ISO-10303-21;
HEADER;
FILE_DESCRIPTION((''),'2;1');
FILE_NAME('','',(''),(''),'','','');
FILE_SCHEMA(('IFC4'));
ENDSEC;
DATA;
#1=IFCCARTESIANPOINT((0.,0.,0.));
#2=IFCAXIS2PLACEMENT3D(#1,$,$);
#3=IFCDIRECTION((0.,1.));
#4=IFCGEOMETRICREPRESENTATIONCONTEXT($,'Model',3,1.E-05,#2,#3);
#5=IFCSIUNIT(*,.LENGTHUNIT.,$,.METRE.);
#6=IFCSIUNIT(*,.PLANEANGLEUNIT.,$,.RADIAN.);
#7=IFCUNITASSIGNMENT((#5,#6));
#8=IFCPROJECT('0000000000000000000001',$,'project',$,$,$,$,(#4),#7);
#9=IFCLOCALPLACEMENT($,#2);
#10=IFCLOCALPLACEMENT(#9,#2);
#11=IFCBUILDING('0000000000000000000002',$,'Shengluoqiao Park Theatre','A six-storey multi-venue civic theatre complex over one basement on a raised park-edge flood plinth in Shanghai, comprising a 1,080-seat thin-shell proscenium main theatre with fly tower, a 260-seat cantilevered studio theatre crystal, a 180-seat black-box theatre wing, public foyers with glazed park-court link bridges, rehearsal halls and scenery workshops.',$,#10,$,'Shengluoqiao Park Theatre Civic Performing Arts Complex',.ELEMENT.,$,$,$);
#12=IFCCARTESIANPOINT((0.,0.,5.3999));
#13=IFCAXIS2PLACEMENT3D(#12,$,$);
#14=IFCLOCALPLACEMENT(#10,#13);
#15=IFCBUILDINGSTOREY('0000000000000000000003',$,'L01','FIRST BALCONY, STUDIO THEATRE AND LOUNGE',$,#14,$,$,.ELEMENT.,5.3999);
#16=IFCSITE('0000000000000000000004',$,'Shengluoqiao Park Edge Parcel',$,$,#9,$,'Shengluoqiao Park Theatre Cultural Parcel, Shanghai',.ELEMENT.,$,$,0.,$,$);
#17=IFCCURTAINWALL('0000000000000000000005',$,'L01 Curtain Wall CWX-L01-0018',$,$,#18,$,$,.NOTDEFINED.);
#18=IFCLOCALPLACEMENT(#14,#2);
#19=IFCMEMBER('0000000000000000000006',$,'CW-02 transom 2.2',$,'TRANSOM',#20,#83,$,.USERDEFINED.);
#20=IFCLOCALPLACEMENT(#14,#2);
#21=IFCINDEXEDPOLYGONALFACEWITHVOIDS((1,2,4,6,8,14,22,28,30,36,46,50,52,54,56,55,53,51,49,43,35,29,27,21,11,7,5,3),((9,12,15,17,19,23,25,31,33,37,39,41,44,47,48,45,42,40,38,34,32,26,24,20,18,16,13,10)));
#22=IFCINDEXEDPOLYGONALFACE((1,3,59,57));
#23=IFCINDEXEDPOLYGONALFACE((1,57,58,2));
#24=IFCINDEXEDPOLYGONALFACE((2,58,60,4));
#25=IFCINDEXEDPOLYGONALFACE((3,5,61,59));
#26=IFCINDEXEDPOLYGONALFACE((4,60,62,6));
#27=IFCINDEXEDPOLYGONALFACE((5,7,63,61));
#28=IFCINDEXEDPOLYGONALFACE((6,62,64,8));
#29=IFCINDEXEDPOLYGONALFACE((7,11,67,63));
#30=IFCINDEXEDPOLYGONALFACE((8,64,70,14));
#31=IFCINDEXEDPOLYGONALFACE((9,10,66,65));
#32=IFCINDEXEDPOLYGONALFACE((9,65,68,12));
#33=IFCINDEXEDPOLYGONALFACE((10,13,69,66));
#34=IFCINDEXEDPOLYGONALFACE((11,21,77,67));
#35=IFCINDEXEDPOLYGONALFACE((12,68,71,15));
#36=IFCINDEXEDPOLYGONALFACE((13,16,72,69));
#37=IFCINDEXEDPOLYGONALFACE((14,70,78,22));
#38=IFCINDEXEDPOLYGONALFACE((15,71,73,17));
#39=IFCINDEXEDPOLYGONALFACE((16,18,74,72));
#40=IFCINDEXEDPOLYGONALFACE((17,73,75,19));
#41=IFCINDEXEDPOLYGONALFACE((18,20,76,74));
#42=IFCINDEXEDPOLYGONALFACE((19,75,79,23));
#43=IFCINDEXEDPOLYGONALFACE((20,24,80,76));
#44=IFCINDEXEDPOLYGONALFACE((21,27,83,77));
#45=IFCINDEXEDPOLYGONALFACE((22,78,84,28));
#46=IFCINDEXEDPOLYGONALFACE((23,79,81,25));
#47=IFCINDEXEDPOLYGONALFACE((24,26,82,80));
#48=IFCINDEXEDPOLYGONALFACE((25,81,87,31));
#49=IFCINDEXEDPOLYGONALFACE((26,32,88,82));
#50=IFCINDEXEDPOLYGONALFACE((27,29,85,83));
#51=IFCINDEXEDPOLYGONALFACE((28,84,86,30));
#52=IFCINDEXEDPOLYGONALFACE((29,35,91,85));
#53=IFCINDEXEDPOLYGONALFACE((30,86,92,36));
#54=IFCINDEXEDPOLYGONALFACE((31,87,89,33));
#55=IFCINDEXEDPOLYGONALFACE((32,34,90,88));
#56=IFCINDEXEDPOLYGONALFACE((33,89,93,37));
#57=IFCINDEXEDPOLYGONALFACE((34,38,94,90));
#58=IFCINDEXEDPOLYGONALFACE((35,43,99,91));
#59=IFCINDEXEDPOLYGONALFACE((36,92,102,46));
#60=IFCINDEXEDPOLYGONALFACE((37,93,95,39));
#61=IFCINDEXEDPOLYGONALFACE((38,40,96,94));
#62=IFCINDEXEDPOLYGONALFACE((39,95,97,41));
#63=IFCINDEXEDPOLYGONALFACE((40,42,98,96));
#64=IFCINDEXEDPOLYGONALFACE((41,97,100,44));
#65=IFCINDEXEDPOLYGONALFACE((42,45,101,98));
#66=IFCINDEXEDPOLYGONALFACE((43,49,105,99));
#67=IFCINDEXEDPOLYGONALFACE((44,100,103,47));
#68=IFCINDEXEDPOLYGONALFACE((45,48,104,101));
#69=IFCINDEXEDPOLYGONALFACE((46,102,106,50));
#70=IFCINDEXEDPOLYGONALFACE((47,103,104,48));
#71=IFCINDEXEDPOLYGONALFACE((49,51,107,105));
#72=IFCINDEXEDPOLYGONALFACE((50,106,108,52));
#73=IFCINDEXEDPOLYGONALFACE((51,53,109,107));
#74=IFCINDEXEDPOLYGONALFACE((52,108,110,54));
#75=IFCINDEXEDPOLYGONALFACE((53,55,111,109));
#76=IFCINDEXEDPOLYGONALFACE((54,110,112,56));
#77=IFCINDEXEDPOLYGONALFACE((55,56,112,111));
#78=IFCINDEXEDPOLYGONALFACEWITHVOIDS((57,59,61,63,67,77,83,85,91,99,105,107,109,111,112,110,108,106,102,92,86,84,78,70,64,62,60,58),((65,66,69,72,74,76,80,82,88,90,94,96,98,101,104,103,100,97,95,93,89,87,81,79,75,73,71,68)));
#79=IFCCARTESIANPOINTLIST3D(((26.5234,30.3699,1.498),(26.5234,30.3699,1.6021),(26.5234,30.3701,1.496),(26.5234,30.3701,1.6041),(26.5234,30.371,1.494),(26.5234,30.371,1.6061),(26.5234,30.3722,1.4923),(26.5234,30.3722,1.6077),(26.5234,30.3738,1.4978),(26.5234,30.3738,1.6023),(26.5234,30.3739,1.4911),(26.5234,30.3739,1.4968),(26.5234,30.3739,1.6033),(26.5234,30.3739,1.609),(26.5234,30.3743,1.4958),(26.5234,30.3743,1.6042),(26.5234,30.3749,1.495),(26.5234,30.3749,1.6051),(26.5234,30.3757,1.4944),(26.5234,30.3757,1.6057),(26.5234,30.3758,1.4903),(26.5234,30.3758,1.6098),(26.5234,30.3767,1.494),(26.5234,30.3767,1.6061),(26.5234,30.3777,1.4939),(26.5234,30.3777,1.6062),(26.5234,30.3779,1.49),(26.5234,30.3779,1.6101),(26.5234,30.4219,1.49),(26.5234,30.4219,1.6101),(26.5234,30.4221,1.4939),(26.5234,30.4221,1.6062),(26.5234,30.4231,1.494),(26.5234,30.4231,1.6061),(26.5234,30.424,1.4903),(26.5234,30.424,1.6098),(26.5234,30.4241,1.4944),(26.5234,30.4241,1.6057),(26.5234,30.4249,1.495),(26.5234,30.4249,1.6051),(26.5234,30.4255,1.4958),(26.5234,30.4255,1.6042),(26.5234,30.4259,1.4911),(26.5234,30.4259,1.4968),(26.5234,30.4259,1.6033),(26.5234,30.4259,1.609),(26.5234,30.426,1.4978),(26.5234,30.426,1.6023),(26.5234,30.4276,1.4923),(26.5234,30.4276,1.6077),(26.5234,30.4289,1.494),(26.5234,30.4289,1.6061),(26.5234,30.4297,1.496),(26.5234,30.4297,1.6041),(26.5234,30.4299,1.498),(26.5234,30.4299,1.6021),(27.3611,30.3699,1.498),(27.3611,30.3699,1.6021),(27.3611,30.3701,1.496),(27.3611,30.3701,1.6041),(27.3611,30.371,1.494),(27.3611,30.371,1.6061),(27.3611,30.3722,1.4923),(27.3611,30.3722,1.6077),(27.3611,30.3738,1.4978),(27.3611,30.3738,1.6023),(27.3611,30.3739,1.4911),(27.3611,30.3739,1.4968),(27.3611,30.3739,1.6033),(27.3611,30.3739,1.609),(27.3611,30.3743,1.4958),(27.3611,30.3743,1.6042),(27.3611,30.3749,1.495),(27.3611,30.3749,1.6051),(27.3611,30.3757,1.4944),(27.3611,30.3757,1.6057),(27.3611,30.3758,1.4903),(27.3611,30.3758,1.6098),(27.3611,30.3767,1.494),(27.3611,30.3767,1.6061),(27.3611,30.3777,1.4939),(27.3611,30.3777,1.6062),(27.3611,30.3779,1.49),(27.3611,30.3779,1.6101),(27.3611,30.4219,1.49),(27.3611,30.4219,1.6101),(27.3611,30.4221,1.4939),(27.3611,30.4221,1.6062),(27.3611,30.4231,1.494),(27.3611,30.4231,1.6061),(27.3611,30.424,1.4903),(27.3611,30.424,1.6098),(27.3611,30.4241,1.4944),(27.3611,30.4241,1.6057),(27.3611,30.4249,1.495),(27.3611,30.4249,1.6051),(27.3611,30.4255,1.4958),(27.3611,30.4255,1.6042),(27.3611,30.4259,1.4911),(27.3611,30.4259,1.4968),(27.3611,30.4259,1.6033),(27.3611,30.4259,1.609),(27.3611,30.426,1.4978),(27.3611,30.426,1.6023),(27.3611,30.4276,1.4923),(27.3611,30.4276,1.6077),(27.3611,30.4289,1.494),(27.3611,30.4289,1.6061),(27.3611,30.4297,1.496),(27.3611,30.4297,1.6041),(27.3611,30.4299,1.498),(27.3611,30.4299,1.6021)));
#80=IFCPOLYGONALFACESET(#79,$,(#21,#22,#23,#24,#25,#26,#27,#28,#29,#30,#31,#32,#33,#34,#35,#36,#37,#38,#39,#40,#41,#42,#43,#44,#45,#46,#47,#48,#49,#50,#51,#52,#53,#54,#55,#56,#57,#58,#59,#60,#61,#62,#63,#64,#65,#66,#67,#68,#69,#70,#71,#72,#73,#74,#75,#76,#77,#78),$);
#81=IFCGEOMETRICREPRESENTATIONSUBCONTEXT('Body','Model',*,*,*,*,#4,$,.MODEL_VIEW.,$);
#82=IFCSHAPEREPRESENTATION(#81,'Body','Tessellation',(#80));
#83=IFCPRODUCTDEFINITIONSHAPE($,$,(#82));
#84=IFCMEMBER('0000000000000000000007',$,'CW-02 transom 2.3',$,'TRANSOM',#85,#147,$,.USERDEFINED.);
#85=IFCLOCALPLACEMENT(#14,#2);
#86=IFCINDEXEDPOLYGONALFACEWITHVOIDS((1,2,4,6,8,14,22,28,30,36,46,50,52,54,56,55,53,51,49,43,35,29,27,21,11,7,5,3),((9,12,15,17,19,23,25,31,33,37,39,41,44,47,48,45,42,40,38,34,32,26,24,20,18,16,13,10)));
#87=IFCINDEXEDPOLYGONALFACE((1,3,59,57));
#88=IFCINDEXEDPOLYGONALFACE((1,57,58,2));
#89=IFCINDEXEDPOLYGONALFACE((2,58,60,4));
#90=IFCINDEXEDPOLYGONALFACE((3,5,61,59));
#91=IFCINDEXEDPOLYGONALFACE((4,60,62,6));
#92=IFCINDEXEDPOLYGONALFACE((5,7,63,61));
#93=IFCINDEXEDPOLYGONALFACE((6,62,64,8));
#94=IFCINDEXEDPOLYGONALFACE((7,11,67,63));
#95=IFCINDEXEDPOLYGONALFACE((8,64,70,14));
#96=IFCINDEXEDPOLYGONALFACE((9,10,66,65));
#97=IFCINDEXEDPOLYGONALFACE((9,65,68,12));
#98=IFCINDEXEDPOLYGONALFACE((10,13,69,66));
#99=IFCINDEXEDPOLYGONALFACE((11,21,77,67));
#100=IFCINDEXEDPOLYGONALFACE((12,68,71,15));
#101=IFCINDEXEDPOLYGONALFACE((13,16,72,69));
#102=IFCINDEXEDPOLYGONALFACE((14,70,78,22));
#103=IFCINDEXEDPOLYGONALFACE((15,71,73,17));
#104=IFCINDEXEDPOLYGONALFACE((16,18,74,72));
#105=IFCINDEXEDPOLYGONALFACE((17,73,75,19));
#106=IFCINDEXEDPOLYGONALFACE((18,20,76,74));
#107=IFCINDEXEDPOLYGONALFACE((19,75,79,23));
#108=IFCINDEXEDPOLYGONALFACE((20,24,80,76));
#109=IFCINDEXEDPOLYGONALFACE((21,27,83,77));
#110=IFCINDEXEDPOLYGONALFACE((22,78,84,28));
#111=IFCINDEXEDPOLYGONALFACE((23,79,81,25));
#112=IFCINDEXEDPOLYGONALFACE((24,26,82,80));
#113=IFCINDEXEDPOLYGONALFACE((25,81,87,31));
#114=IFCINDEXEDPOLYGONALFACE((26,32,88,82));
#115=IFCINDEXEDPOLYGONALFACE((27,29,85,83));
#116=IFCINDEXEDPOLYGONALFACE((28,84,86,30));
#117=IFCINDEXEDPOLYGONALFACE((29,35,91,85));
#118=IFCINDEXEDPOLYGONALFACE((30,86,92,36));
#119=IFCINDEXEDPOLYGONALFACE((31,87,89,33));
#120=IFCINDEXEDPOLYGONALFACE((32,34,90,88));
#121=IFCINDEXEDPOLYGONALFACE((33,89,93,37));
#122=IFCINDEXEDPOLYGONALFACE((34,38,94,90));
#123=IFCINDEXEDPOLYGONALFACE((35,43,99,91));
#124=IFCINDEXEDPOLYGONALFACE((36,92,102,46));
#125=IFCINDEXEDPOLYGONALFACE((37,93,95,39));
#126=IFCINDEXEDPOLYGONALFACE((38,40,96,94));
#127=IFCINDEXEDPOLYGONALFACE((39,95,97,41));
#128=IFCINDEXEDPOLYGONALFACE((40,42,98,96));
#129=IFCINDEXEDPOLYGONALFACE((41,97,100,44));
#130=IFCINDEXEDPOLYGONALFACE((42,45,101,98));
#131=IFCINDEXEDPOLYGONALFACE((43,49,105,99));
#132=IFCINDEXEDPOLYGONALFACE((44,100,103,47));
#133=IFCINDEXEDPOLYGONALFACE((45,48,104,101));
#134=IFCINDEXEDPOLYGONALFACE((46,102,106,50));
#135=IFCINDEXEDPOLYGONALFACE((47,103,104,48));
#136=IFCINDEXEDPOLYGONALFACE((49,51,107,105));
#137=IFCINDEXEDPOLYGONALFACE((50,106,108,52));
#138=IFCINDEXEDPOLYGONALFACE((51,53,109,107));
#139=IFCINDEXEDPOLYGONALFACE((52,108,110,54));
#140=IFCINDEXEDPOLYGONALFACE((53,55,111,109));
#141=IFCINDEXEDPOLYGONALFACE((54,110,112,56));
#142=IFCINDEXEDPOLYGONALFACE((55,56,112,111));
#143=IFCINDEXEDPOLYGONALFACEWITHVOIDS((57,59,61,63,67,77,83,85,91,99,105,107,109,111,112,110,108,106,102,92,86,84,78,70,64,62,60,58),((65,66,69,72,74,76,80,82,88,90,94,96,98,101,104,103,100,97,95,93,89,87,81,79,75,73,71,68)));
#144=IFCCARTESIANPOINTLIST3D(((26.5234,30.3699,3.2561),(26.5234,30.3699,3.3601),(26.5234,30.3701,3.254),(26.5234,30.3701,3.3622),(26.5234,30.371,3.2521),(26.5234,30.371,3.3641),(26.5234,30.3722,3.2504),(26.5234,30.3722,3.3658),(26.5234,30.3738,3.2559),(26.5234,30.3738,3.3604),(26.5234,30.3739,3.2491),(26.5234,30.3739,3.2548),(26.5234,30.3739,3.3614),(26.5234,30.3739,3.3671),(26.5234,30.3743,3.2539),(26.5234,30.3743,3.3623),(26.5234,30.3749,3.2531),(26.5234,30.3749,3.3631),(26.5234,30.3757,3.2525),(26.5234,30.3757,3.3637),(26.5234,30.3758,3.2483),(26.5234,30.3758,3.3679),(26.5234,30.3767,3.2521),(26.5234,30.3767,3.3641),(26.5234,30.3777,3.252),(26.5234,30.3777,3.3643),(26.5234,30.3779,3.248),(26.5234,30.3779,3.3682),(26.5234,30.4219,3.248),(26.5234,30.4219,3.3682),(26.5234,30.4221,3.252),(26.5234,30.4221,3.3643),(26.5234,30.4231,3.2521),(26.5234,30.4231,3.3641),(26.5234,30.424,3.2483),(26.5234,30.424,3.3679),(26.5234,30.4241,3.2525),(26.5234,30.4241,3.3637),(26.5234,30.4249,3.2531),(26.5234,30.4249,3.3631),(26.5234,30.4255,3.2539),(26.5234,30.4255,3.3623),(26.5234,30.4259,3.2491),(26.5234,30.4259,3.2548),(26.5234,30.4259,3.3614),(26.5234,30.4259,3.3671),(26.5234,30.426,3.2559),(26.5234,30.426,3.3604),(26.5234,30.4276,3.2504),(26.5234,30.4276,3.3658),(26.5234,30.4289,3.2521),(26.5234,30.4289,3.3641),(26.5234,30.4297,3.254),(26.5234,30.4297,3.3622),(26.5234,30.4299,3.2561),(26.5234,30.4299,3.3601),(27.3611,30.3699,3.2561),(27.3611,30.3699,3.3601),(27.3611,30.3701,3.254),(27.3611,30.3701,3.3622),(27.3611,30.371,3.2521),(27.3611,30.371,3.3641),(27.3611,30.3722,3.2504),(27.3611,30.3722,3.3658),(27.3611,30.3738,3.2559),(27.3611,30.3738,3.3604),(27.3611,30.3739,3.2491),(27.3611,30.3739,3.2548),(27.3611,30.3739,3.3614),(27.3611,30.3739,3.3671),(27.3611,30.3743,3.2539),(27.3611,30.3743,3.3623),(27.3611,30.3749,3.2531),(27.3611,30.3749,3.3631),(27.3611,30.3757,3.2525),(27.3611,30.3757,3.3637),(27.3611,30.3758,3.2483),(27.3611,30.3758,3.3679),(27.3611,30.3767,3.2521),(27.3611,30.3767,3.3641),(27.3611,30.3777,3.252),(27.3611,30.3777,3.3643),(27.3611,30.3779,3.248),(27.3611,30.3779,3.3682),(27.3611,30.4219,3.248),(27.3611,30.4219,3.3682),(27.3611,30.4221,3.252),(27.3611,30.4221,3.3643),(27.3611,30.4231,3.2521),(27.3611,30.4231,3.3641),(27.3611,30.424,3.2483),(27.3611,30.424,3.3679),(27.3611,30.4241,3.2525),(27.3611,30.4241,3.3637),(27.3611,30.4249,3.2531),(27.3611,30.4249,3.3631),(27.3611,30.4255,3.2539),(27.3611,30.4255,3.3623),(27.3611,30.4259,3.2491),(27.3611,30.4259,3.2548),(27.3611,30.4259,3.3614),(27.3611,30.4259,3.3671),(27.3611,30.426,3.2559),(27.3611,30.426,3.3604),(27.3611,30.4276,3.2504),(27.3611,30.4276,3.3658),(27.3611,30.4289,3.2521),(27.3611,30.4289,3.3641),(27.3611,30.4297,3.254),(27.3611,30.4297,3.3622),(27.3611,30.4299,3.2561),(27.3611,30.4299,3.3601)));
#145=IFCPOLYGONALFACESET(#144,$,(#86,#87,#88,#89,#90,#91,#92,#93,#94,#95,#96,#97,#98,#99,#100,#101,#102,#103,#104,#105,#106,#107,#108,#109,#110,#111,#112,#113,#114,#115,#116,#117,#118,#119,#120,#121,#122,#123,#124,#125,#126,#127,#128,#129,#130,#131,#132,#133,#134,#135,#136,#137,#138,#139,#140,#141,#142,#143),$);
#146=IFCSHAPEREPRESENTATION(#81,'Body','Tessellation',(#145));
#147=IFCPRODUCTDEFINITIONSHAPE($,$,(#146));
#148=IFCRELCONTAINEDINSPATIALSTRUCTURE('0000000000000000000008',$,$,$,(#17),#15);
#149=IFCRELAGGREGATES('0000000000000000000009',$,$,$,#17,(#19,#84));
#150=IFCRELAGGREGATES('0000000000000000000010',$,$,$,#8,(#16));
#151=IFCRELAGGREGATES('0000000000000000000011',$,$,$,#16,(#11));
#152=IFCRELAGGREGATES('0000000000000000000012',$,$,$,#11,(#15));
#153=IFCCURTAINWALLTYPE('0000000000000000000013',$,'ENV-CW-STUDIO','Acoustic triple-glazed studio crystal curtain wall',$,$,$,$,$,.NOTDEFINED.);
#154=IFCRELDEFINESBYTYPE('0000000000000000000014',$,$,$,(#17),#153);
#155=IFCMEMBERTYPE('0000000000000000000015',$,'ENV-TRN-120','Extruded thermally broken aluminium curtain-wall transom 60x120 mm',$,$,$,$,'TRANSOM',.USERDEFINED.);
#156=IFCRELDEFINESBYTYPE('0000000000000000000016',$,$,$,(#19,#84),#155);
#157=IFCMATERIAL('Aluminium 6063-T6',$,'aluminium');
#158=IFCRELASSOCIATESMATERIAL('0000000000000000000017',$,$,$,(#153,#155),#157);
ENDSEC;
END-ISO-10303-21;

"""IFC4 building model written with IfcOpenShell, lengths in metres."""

from ifc_helpers import new_model, si_unit, direction, frame, origin, origin_2d, place, context, subcontext, project, spatial, hollow_rectangle, extrude, material, material_profile, profile_set, type_object, element, aggregate, save


model = new_model("IFC4")

# Units and contexts
model_context = context("Model", 3, precision=1e-05, world=origin(), true_north=direction((0.0, 1.0)))
body_context = subcontext(model_context, "Body", "Model", "MODEL_VIEW")
ifc_project = project(units=[si_unit("LENGTHUNIT", "METRE"), si_unit("PLANEANGLEUNIT", "RADIAN")], contexts=[model_context])

# Site, building, storey
site_placement = place(None, origin())
site = spatial("IfcSite", under=ifc_project, at=site_placement, Name="Shengluoqiao Park Edge Parcel", LongName="Shengluoqiao Park Theatre Cultural Parcel, Shanghai", CompositionType="ELEMENT", RefElevation=0.0)
building_placement = place(site_placement, origin())
building = spatial("IfcBuilding", under=site, at=building_placement, Name="Shengluoqiao Park Theatre", Description="A six-storey multi-venue civic theatre complex over one basement on a raised park-edge flood plinth in Shanghai, comprising a 1,080-seat thin-shell proscenium main theatre with fly tower, a 260-seat cantilevered studio theatre crystal, a 180-seat black-box theatre wing, public foyers with glazed park-court link bridges, rehearsal halls and scenery workshops.", LongName="Shengluoqiao Park Theatre Civic Performing Arts Complex", CompositionType="ELEMENT")
storey_placement = place(building_placement, frame((0.0, 0.0, 5.3999)))
storey = spatial("IfcBuildingStorey", under=building, at=storey_placement, Name="L01", Description="FIRST BALCONY, STUDIO THEATRE AND LOUNGE", CompositionType="ELEMENT", Elevation=5.3999)

# Curtain wall
ifc_material_1 = material(Name="Aluminium 6063-T6", Category="aluminium")
curtain_wall_type_1 = type_object("IfcCurtainWallType", Name="ENV-CW-STUDIO", Description="Acoustic triple-glazed studio crystal curtain wall", PredefinedType="NOTDEFINED", material=ifc_material_1)
curtain_wall_1_placement = place(storey_placement, origin())
curtain_wall_1 = element("IfcCurtainWall", 1, at=curtain_wall_1_placement, inside=storey, type_object=curtain_wall_type_1, Name="L01 Curtain Wall CWX-L01-0018", PredefinedType="NOTDEFINED")

# Members
ifc_material_profile_1 = material_profile(ifc_material_1, hollow_rectangle(XDim=0.0601, YDim=0.1201, WallThickness=0.0039, InnerFilletRadius=0.0039, OuterFilletRadius=0.0081, at=origin_2d()), Name="ALU TRANSOM 120x60x4")
ifc_profile_set_1 = profile_set([ifc_material_profile_1], Name="Aluminium 6063-T6")
member_type_1 = type_object("IfcMemberType", Name="ENV-TRN-120", Description="Extruded thermally broken aluminium curtain-wall transom 60x120 mm", ElementType="TRANSOM", PredefinedType="USERDEFINED", material=ifc_profile_set_1)
member_1_placement = place(storey_placement, frame((26.5234, 30.3999, 1.55), z_axis=(1.0, 0.0, 0.0), x_axis=(0.0, 1.0, 0.0)))
member_1 = element("IfcMember", 2, at=member_1_placement, type_object=member_type_1, Name="CW-02 transom 2.2", ObjectType="TRANSOM", PredefinedType="USERDEFINED", context=body_context, shape_type="SweptSolid", body=[
    extrude(hollow_rectangle(XDim=0.0601, YDim=0.1201, WallThickness=0.0039, InnerFilletRadius=0.0039, OuterFilletRadius=0.0081, at=origin_2d()), origin(), (0.0, 0.0, 1.0), 0.8376),
])
member_2_placement = place(storey_placement, frame((26.5234, 30.3999, 3.3081), z_axis=(1.0, 0.0, 0.0), x_axis=(0.0, 1.0, 0.0)))
member_2 = element("IfcMember", 3, at=member_2_placement, type_object=member_type_1, Name="CW-02 transom 2.3", ObjectType="TRANSOM", PredefinedType="USERDEFINED", context=body_context, shape_type="SweptSolid", body=[
    extrude(hollow_rectangle(XDim=0.0601, YDim=0.1201, WallThickness=0.0039, InnerFilletRadius=0.0039, OuterFilletRadius=0.0081, at=origin_2d()), origin(), (0.0, 0.0, 1.0), 0.8376),
])

aggregate(curtain_wall_1, [member_1, member_2])

save(model, "model.ifc")
